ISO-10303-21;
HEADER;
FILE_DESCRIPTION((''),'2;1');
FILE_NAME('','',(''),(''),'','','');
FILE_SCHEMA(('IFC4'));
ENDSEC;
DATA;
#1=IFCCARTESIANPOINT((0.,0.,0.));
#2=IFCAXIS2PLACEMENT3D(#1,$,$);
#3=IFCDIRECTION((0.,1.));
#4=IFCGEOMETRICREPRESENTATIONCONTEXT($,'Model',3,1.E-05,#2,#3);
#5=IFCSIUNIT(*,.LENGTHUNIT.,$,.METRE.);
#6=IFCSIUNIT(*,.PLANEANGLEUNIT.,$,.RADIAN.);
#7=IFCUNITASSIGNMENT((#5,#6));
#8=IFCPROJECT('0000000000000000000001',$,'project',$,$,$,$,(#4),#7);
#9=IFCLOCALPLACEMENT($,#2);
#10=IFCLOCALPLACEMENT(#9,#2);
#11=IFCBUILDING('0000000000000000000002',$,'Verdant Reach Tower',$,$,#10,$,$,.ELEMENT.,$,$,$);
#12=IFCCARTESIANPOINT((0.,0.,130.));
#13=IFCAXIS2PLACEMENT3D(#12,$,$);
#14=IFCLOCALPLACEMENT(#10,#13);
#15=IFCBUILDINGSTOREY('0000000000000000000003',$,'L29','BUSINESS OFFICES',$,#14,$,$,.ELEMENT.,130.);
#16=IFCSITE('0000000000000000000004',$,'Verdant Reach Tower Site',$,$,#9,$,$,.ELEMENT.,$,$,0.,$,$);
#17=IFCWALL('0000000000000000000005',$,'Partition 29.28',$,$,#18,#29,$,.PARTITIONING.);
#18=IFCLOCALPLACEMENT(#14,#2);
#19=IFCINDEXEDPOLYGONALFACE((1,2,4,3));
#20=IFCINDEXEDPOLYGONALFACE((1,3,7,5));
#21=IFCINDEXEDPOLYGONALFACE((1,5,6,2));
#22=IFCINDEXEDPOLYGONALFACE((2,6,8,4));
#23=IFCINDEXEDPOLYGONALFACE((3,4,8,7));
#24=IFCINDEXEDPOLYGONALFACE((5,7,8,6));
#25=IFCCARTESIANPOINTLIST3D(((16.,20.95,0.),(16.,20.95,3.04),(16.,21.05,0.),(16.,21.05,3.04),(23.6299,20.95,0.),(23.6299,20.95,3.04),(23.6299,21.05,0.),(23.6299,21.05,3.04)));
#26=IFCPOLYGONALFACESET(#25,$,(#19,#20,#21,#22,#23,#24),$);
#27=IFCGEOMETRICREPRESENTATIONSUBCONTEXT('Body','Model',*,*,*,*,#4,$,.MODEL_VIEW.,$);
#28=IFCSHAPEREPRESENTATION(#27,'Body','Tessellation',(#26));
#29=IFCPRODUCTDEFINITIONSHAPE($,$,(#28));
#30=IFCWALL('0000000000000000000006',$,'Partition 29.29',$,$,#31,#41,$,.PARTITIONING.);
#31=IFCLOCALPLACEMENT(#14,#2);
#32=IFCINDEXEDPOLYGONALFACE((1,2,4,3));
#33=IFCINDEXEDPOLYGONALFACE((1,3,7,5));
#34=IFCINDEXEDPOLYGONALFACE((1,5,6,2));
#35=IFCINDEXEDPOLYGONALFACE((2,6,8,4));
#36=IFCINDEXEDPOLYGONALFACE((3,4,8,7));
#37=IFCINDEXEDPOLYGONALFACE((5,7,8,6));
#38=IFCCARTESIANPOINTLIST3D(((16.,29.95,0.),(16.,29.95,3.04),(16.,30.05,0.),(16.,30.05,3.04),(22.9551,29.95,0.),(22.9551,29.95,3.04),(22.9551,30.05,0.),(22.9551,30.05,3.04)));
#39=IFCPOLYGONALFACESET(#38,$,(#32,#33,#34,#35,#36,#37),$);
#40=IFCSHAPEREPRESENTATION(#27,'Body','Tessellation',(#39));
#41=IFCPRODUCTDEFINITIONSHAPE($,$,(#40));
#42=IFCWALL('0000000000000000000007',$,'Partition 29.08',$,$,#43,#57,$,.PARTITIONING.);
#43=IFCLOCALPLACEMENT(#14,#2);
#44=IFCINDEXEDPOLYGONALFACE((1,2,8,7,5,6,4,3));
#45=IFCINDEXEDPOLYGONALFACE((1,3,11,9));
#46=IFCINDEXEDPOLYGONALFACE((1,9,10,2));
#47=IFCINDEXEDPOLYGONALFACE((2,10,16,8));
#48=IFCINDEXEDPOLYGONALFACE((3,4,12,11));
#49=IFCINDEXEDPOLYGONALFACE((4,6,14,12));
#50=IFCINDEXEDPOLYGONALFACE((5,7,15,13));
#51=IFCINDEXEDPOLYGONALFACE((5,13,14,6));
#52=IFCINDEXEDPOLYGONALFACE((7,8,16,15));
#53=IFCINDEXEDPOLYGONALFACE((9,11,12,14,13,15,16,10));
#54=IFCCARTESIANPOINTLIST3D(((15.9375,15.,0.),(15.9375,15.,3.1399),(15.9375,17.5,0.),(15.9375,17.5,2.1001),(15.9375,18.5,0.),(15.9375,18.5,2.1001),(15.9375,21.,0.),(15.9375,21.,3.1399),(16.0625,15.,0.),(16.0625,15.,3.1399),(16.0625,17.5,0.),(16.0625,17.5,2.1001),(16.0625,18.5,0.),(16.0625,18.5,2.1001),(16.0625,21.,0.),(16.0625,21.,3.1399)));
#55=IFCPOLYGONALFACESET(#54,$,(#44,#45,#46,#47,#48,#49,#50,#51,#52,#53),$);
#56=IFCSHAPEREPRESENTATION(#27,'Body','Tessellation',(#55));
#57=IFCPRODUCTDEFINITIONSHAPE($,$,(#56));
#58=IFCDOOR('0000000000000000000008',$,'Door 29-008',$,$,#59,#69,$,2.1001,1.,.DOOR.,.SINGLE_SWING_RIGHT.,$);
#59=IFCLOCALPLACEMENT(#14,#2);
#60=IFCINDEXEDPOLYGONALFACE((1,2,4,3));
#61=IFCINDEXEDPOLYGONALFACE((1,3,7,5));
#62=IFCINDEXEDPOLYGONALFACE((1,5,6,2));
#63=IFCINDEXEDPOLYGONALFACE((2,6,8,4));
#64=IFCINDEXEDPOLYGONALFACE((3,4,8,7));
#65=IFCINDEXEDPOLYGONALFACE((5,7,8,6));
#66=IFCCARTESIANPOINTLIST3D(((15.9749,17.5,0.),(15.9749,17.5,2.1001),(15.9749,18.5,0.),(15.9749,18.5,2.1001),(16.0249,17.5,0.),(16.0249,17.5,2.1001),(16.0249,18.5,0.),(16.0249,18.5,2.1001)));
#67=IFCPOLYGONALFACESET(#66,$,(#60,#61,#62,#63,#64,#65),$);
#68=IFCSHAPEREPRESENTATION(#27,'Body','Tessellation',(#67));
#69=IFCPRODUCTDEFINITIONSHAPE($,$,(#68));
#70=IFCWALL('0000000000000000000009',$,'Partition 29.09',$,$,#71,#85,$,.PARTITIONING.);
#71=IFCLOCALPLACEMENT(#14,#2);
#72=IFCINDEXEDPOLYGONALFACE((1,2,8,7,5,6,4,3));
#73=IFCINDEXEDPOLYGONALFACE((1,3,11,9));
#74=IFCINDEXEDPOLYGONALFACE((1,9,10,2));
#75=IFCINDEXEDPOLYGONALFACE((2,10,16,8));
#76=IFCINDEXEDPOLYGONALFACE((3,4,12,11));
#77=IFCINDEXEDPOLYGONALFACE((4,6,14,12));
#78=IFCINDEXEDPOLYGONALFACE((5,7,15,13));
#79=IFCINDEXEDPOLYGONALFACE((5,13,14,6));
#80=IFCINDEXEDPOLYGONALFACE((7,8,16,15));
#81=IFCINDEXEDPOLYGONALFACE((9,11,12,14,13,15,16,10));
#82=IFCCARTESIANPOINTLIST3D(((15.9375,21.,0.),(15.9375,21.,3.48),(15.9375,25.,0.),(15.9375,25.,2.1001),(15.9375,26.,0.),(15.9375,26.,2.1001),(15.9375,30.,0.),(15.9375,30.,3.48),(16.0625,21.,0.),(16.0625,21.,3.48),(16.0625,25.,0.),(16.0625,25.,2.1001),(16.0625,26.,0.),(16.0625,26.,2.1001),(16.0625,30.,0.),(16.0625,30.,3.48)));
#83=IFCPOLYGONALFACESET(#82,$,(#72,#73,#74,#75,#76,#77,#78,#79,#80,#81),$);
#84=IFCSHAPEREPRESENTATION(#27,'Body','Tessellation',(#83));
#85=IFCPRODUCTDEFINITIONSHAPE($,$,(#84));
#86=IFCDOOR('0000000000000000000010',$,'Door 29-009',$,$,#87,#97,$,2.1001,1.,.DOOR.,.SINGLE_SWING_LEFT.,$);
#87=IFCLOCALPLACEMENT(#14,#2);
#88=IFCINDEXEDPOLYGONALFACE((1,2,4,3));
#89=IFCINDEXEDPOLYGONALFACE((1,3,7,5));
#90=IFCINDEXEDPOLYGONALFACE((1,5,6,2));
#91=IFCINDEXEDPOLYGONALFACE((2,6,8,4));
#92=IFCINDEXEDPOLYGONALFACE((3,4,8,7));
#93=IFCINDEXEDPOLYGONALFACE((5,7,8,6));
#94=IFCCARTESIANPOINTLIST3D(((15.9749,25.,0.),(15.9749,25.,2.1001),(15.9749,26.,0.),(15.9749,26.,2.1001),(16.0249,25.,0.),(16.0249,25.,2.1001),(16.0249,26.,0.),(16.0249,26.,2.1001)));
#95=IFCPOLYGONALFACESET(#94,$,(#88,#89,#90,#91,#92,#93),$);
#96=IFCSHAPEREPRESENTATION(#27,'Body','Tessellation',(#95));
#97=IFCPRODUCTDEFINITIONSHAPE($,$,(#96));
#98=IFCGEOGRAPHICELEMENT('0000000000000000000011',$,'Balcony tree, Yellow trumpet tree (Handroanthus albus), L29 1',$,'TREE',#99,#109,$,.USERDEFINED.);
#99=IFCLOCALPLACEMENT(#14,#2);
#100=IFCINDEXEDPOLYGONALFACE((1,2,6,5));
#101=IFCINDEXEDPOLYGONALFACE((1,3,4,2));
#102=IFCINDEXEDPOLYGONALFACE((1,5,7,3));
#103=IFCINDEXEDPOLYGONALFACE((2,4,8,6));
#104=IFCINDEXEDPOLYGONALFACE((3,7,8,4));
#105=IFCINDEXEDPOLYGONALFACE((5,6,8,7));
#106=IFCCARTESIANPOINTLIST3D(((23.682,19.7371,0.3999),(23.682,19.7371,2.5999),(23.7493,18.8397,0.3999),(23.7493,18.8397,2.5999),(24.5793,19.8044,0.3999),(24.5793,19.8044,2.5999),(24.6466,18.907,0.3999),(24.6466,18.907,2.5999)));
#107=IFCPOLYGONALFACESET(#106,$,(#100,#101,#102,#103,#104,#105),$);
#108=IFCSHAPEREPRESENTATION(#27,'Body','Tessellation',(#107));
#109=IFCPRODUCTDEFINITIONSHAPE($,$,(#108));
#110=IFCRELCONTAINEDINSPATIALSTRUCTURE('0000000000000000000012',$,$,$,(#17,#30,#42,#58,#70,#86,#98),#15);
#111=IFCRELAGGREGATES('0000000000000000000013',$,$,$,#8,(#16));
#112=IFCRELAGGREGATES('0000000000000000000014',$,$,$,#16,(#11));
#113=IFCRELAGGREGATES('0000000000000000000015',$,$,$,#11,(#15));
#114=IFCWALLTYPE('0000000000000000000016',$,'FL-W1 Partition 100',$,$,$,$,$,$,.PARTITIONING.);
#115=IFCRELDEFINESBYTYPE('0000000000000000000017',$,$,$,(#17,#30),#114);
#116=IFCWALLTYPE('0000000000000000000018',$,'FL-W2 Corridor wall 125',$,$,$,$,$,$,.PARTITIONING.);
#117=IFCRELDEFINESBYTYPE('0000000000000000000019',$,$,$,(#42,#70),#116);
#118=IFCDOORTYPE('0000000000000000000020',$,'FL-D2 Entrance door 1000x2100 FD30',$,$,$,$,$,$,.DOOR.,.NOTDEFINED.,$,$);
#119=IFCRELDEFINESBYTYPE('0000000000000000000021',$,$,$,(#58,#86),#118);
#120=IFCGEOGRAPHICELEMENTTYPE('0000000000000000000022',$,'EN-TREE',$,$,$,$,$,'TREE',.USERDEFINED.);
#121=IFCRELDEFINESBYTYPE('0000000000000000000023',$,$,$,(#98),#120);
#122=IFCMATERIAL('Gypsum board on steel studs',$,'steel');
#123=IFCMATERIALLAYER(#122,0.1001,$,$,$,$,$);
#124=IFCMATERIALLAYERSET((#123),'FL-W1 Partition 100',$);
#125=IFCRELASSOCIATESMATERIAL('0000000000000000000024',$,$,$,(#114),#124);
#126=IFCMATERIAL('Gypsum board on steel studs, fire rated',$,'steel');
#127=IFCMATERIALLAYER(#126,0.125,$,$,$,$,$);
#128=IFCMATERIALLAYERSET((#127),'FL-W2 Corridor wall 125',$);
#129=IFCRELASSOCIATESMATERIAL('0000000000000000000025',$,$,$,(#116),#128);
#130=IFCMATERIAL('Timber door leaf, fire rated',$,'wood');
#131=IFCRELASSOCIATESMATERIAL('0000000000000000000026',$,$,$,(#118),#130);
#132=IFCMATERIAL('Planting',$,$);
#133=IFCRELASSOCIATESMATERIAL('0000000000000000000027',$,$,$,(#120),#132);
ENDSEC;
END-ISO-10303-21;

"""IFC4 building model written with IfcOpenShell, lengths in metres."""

from ifc_helpers import new_model, si_unit, direction, frame, frame_2d, origin, origin_2d, place, context, subcontext, project, spatial, rectangle, extrude, material, layer, layer_set, type_object, element, fill, save


model = new_model("IFC4")

# Units and contexts
model_context = context("Model", 3, precision=1e-05, world=origin(), true_north=direction((0.0, 1.0)))
body_context = subcontext(model_context, "Body", "Model", "MODEL_VIEW")
ifc_project = project(units=[si_unit("LENGTHUNIT", "METRE"), si_unit("PLANEANGLEUNIT", "RADIAN")], contexts=[model_context])

# Site, building, storey
site_placement = place(None, origin())
site = spatial("IfcSite", under=ifc_project, at=site_placement, Name="Verdant Reach Tower Site", CompositionType="ELEMENT", RefElevation=0.0)
building_placement = place(site_placement, origin())
building = spatial("IfcBuilding", under=site, at=building_placement, Name="Verdant Reach Tower", CompositionType="ELEMENT")
storey_placement = place(building_placement, frame((0.0, 0.0, 130.0)))
storey = spatial("IfcBuildingStorey", under=building, at=storey_placement, Name="L29", Description="BUSINESS OFFICES", CompositionType="ELEMENT", Elevation=130.0)

# Walls
ifc_material_1 = material(Name="Gypsum board on steel studs", Category="steel")
ifc_layer_1 = layer(ifc_material_1, 0.1001)
ifc_layer_set_1 = layer_set([ifc_layer_1], Name="FL-W1 Partition 100")
wall_type_1 = type_object("IfcWallType", Name="FL-W1 Partition 100", PredefinedType="PARTITIONING", material=ifc_layer_set_1)
wall_1_placement = place(storey_placement, frame((23.6299, 21.0, 0.0), z_axis=(0.0, 0.0, 1.0), x_axis=(-1.0, 0.0, 0.0)))
element("IfcWall", 1, at=wall_1_placement, inside=storey, type_object=wall_type_1, Name="Partition 29.28", PredefinedType="PARTITIONING", context=body_context, shape_type="SweptSolid", body=[
    extrude(rectangle(XDim=7.6299, YDim=0.1001, at=frame_2d((3.8149, 0.0))), origin(), (0.0, 0.0, 1.0), 3.04),
])
wall_2_placement = place(storey_placement, frame((22.9551, 30.0, 0.0), z_axis=(0.0, 0.0, 1.0), x_axis=(-1.0, 0.0, 0.0)))
element("IfcWall", 2, at=wall_2_placement, inside=storey, type_object=wall_type_1, Name="Partition 29.29", PredefinedType="PARTITIONING", context=body_context, shape_type="SweptSolid", body=[
    extrude(rectangle(XDim=6.9551, YDim=0.1001, at=frame_2d((3.4775, 0.0))), origin(), (0.0, 0.0, 1.0), 3.04),
])

# Walls, openings, doors
ifc_material_2 = material(Name="Gypsum board on steel studs, fire rated", Category="steel")
ifc_layer_2 = layer(ifc_material_2, 0.125)
ifc_layer_set_2 = layer_set([ifc_layer_2], Name="FL-W2 Corridor wall 125")
wall_type_2 = type_object("IfcWallType", Name="FL-W2 Corridor wall 125", PredefinedType="PARTITIONING", material=ifc_layer_set_2)
wall_3_placement = place(storey_placement, frame((16.0, 21.0, 0.0), z_axis=(0.0, 0.0, 1.0), x_axis=(0.0, -1.0, 0.0)))
wall_3 = element("IfcWall", 3, at=wall_3_placement, inside=storey, type_object=wall_type_2, Name="Partition 29.08", PredefinedType="PARTITIONING", context=body_context, shape_type="SweptSolid", body=[
    extrude(rectangle(XDim=6.0, YDim=0.125, at=frame_2d((3.0, 0.0))), origin(), (0.0, 0.0, 1.0), 3.1399),
])
opening_1_placement = place(wall_3_placement, frame((2.5, 0.0, 0.0)))
opening_1 = element("IfcOpeningElement", 4, at=opening_1_placement, cuts=wall_3, PredefinedType="OPENING", context=body_context, shape_type="SweptSolid", body=[
    extrude(rectangle(XDim=1.0, YDim=2.1001, at=frame_2d((0.5, 1.05))), frame((0.0, 0.0725, 0.0), z_axis=(0.0, -1.0, 0.0), x_axis=(1.0, 0.0, 0.0)), (0.0, 0.0, 1.0), 0.145),
])
ifc_material_3 = material(Name="Timber door leaf, fire rated", Category="wood")
door_type_1 = type_object("IfcDoorType", Name="FL-D2 Entrance door 1000x2100 FD30", OperationType="NOTDEFINED", PredefinedType="DOOR", material=ifc_material_3)
door_1_placement = place(opening_1_placement, origin())
door_1 = element("IfcDoor", 5, at=door_1_placement, inside=storey, type_object=door_type_1, Name="Door 29-008", OperationType="SINGLE_SWING_RIGHT", OverallHeight=2.1001, OverallWidth=1.0, PredefinedType="DOOR", context=body_context, shape_type="SweptSolid", body=[
    extrude(rectangle(XDim=1.0, YDim=2.1001, at=frame_2d((0.5, 1.05))), frame((0.0, 0.0249, 0.0), z_axis=(0.0, -1.0, 0.0), x_axis=(1.0, 0.0, 0.0)), (0.0, 0.0, 1.0), 0.05),
])
fill(opening_1, door_1)
wall_4_placement = place(storey_placement, frame((16.0, 30.0, 0.0), z_axis=(0.0, 0.0, 1.0), x_axis=(0.0, -1.0, 0.0)))
wall_4 = element("IfcWall", 6, at=wall_4_placement, inside=storey, type_object=wall_type_2, Name="Partition 29.09", PredefinedType="PARTITIONING", context=body_context, shape_type="SweptSolid", body=[
    extrude(rectangle(XDim=9.0, YDim=0.125, at=frame_2d((4.5, 0.0))), origin(), (0.0, 0.0, 1.0), 3.48),
])
opening_2_placement = place(wall_4_placement, frame((4.0, 0.0, 0.0)))
opening_2 = element("IfcOpeningElement", 7, at=opening_2_placement, cuts=wall_4, PredefinedType="OPENING", context=body_context, shape_type="SweptSolid", body=[
    extrude(rectangle(XDim=1.0, YDim=2.1001, at=frame_2d((0.5, 1.05))), frame((0.0, 0.0725, 0.0), z_axis=(0.0, -1.0, 0.0), x_axis=(1.0, 0.0, 0.0)), (0.0, 0.0, 1.0), 0.145),
])
door_2_placement = place(opening_2_placement, origin())
door_2 = element("IfcDoor", 8, at=door_2_placement, inside=storey, type_object=door_type_1, Name="Door 29-009", OperationType="SINGLE_SWING_LEFT", OverallHeight=2.1001, OverallWidth=1.0, PredefinedType="DOOR", context=body_context, shape_type="SweptSolid", body=[
    extrude(rectangle(XDim=1.0, YDim=2.1001, at=frame_2d((0.5, 1.05))), frame((0.0, 0.0249, 0.0), z_axis=(0.0, -1.0, 0.0), x_axis=(1.0, 0.0, 0.0)), (0.0, 0.0, 1.0), 0.05),
])
fill(opening_2, door_2)

# Geographic element
ifc_material_4 = material(Name="Planting")
geographic_element_type = type_object("IfcGeographicElementType", Name="EN-TREE", ElementType="TREE", PredefinedType="USERDEFINED", material=ifc_material_4)
geographic_element_placement = place(storey_placement, frame((24.1643, 19.322, 0.3999), z_axis=(0.0, 0.0, 1.0), x_axis=(-0.07479, 0.997199, 0.0)))
element("IfcGeographicElement", 9, at=geographic_element_placement, inside=storey, type_object=geographic_element_type, Name="Balcony tree, Yellow trumpet tree (Handroanthus albus), L29 1", ObjectType="TREE", PredefinedType="USERDEFINED", context=body_context, shape_type="SweptSolid", body=[
    extrude(rectangle(XDim=0.8999, YDim=0.8999, at=origin_2d()), origin(), (0.0, 0.0, 1.0), 2.2),
])

save(model, "model.ifc")
